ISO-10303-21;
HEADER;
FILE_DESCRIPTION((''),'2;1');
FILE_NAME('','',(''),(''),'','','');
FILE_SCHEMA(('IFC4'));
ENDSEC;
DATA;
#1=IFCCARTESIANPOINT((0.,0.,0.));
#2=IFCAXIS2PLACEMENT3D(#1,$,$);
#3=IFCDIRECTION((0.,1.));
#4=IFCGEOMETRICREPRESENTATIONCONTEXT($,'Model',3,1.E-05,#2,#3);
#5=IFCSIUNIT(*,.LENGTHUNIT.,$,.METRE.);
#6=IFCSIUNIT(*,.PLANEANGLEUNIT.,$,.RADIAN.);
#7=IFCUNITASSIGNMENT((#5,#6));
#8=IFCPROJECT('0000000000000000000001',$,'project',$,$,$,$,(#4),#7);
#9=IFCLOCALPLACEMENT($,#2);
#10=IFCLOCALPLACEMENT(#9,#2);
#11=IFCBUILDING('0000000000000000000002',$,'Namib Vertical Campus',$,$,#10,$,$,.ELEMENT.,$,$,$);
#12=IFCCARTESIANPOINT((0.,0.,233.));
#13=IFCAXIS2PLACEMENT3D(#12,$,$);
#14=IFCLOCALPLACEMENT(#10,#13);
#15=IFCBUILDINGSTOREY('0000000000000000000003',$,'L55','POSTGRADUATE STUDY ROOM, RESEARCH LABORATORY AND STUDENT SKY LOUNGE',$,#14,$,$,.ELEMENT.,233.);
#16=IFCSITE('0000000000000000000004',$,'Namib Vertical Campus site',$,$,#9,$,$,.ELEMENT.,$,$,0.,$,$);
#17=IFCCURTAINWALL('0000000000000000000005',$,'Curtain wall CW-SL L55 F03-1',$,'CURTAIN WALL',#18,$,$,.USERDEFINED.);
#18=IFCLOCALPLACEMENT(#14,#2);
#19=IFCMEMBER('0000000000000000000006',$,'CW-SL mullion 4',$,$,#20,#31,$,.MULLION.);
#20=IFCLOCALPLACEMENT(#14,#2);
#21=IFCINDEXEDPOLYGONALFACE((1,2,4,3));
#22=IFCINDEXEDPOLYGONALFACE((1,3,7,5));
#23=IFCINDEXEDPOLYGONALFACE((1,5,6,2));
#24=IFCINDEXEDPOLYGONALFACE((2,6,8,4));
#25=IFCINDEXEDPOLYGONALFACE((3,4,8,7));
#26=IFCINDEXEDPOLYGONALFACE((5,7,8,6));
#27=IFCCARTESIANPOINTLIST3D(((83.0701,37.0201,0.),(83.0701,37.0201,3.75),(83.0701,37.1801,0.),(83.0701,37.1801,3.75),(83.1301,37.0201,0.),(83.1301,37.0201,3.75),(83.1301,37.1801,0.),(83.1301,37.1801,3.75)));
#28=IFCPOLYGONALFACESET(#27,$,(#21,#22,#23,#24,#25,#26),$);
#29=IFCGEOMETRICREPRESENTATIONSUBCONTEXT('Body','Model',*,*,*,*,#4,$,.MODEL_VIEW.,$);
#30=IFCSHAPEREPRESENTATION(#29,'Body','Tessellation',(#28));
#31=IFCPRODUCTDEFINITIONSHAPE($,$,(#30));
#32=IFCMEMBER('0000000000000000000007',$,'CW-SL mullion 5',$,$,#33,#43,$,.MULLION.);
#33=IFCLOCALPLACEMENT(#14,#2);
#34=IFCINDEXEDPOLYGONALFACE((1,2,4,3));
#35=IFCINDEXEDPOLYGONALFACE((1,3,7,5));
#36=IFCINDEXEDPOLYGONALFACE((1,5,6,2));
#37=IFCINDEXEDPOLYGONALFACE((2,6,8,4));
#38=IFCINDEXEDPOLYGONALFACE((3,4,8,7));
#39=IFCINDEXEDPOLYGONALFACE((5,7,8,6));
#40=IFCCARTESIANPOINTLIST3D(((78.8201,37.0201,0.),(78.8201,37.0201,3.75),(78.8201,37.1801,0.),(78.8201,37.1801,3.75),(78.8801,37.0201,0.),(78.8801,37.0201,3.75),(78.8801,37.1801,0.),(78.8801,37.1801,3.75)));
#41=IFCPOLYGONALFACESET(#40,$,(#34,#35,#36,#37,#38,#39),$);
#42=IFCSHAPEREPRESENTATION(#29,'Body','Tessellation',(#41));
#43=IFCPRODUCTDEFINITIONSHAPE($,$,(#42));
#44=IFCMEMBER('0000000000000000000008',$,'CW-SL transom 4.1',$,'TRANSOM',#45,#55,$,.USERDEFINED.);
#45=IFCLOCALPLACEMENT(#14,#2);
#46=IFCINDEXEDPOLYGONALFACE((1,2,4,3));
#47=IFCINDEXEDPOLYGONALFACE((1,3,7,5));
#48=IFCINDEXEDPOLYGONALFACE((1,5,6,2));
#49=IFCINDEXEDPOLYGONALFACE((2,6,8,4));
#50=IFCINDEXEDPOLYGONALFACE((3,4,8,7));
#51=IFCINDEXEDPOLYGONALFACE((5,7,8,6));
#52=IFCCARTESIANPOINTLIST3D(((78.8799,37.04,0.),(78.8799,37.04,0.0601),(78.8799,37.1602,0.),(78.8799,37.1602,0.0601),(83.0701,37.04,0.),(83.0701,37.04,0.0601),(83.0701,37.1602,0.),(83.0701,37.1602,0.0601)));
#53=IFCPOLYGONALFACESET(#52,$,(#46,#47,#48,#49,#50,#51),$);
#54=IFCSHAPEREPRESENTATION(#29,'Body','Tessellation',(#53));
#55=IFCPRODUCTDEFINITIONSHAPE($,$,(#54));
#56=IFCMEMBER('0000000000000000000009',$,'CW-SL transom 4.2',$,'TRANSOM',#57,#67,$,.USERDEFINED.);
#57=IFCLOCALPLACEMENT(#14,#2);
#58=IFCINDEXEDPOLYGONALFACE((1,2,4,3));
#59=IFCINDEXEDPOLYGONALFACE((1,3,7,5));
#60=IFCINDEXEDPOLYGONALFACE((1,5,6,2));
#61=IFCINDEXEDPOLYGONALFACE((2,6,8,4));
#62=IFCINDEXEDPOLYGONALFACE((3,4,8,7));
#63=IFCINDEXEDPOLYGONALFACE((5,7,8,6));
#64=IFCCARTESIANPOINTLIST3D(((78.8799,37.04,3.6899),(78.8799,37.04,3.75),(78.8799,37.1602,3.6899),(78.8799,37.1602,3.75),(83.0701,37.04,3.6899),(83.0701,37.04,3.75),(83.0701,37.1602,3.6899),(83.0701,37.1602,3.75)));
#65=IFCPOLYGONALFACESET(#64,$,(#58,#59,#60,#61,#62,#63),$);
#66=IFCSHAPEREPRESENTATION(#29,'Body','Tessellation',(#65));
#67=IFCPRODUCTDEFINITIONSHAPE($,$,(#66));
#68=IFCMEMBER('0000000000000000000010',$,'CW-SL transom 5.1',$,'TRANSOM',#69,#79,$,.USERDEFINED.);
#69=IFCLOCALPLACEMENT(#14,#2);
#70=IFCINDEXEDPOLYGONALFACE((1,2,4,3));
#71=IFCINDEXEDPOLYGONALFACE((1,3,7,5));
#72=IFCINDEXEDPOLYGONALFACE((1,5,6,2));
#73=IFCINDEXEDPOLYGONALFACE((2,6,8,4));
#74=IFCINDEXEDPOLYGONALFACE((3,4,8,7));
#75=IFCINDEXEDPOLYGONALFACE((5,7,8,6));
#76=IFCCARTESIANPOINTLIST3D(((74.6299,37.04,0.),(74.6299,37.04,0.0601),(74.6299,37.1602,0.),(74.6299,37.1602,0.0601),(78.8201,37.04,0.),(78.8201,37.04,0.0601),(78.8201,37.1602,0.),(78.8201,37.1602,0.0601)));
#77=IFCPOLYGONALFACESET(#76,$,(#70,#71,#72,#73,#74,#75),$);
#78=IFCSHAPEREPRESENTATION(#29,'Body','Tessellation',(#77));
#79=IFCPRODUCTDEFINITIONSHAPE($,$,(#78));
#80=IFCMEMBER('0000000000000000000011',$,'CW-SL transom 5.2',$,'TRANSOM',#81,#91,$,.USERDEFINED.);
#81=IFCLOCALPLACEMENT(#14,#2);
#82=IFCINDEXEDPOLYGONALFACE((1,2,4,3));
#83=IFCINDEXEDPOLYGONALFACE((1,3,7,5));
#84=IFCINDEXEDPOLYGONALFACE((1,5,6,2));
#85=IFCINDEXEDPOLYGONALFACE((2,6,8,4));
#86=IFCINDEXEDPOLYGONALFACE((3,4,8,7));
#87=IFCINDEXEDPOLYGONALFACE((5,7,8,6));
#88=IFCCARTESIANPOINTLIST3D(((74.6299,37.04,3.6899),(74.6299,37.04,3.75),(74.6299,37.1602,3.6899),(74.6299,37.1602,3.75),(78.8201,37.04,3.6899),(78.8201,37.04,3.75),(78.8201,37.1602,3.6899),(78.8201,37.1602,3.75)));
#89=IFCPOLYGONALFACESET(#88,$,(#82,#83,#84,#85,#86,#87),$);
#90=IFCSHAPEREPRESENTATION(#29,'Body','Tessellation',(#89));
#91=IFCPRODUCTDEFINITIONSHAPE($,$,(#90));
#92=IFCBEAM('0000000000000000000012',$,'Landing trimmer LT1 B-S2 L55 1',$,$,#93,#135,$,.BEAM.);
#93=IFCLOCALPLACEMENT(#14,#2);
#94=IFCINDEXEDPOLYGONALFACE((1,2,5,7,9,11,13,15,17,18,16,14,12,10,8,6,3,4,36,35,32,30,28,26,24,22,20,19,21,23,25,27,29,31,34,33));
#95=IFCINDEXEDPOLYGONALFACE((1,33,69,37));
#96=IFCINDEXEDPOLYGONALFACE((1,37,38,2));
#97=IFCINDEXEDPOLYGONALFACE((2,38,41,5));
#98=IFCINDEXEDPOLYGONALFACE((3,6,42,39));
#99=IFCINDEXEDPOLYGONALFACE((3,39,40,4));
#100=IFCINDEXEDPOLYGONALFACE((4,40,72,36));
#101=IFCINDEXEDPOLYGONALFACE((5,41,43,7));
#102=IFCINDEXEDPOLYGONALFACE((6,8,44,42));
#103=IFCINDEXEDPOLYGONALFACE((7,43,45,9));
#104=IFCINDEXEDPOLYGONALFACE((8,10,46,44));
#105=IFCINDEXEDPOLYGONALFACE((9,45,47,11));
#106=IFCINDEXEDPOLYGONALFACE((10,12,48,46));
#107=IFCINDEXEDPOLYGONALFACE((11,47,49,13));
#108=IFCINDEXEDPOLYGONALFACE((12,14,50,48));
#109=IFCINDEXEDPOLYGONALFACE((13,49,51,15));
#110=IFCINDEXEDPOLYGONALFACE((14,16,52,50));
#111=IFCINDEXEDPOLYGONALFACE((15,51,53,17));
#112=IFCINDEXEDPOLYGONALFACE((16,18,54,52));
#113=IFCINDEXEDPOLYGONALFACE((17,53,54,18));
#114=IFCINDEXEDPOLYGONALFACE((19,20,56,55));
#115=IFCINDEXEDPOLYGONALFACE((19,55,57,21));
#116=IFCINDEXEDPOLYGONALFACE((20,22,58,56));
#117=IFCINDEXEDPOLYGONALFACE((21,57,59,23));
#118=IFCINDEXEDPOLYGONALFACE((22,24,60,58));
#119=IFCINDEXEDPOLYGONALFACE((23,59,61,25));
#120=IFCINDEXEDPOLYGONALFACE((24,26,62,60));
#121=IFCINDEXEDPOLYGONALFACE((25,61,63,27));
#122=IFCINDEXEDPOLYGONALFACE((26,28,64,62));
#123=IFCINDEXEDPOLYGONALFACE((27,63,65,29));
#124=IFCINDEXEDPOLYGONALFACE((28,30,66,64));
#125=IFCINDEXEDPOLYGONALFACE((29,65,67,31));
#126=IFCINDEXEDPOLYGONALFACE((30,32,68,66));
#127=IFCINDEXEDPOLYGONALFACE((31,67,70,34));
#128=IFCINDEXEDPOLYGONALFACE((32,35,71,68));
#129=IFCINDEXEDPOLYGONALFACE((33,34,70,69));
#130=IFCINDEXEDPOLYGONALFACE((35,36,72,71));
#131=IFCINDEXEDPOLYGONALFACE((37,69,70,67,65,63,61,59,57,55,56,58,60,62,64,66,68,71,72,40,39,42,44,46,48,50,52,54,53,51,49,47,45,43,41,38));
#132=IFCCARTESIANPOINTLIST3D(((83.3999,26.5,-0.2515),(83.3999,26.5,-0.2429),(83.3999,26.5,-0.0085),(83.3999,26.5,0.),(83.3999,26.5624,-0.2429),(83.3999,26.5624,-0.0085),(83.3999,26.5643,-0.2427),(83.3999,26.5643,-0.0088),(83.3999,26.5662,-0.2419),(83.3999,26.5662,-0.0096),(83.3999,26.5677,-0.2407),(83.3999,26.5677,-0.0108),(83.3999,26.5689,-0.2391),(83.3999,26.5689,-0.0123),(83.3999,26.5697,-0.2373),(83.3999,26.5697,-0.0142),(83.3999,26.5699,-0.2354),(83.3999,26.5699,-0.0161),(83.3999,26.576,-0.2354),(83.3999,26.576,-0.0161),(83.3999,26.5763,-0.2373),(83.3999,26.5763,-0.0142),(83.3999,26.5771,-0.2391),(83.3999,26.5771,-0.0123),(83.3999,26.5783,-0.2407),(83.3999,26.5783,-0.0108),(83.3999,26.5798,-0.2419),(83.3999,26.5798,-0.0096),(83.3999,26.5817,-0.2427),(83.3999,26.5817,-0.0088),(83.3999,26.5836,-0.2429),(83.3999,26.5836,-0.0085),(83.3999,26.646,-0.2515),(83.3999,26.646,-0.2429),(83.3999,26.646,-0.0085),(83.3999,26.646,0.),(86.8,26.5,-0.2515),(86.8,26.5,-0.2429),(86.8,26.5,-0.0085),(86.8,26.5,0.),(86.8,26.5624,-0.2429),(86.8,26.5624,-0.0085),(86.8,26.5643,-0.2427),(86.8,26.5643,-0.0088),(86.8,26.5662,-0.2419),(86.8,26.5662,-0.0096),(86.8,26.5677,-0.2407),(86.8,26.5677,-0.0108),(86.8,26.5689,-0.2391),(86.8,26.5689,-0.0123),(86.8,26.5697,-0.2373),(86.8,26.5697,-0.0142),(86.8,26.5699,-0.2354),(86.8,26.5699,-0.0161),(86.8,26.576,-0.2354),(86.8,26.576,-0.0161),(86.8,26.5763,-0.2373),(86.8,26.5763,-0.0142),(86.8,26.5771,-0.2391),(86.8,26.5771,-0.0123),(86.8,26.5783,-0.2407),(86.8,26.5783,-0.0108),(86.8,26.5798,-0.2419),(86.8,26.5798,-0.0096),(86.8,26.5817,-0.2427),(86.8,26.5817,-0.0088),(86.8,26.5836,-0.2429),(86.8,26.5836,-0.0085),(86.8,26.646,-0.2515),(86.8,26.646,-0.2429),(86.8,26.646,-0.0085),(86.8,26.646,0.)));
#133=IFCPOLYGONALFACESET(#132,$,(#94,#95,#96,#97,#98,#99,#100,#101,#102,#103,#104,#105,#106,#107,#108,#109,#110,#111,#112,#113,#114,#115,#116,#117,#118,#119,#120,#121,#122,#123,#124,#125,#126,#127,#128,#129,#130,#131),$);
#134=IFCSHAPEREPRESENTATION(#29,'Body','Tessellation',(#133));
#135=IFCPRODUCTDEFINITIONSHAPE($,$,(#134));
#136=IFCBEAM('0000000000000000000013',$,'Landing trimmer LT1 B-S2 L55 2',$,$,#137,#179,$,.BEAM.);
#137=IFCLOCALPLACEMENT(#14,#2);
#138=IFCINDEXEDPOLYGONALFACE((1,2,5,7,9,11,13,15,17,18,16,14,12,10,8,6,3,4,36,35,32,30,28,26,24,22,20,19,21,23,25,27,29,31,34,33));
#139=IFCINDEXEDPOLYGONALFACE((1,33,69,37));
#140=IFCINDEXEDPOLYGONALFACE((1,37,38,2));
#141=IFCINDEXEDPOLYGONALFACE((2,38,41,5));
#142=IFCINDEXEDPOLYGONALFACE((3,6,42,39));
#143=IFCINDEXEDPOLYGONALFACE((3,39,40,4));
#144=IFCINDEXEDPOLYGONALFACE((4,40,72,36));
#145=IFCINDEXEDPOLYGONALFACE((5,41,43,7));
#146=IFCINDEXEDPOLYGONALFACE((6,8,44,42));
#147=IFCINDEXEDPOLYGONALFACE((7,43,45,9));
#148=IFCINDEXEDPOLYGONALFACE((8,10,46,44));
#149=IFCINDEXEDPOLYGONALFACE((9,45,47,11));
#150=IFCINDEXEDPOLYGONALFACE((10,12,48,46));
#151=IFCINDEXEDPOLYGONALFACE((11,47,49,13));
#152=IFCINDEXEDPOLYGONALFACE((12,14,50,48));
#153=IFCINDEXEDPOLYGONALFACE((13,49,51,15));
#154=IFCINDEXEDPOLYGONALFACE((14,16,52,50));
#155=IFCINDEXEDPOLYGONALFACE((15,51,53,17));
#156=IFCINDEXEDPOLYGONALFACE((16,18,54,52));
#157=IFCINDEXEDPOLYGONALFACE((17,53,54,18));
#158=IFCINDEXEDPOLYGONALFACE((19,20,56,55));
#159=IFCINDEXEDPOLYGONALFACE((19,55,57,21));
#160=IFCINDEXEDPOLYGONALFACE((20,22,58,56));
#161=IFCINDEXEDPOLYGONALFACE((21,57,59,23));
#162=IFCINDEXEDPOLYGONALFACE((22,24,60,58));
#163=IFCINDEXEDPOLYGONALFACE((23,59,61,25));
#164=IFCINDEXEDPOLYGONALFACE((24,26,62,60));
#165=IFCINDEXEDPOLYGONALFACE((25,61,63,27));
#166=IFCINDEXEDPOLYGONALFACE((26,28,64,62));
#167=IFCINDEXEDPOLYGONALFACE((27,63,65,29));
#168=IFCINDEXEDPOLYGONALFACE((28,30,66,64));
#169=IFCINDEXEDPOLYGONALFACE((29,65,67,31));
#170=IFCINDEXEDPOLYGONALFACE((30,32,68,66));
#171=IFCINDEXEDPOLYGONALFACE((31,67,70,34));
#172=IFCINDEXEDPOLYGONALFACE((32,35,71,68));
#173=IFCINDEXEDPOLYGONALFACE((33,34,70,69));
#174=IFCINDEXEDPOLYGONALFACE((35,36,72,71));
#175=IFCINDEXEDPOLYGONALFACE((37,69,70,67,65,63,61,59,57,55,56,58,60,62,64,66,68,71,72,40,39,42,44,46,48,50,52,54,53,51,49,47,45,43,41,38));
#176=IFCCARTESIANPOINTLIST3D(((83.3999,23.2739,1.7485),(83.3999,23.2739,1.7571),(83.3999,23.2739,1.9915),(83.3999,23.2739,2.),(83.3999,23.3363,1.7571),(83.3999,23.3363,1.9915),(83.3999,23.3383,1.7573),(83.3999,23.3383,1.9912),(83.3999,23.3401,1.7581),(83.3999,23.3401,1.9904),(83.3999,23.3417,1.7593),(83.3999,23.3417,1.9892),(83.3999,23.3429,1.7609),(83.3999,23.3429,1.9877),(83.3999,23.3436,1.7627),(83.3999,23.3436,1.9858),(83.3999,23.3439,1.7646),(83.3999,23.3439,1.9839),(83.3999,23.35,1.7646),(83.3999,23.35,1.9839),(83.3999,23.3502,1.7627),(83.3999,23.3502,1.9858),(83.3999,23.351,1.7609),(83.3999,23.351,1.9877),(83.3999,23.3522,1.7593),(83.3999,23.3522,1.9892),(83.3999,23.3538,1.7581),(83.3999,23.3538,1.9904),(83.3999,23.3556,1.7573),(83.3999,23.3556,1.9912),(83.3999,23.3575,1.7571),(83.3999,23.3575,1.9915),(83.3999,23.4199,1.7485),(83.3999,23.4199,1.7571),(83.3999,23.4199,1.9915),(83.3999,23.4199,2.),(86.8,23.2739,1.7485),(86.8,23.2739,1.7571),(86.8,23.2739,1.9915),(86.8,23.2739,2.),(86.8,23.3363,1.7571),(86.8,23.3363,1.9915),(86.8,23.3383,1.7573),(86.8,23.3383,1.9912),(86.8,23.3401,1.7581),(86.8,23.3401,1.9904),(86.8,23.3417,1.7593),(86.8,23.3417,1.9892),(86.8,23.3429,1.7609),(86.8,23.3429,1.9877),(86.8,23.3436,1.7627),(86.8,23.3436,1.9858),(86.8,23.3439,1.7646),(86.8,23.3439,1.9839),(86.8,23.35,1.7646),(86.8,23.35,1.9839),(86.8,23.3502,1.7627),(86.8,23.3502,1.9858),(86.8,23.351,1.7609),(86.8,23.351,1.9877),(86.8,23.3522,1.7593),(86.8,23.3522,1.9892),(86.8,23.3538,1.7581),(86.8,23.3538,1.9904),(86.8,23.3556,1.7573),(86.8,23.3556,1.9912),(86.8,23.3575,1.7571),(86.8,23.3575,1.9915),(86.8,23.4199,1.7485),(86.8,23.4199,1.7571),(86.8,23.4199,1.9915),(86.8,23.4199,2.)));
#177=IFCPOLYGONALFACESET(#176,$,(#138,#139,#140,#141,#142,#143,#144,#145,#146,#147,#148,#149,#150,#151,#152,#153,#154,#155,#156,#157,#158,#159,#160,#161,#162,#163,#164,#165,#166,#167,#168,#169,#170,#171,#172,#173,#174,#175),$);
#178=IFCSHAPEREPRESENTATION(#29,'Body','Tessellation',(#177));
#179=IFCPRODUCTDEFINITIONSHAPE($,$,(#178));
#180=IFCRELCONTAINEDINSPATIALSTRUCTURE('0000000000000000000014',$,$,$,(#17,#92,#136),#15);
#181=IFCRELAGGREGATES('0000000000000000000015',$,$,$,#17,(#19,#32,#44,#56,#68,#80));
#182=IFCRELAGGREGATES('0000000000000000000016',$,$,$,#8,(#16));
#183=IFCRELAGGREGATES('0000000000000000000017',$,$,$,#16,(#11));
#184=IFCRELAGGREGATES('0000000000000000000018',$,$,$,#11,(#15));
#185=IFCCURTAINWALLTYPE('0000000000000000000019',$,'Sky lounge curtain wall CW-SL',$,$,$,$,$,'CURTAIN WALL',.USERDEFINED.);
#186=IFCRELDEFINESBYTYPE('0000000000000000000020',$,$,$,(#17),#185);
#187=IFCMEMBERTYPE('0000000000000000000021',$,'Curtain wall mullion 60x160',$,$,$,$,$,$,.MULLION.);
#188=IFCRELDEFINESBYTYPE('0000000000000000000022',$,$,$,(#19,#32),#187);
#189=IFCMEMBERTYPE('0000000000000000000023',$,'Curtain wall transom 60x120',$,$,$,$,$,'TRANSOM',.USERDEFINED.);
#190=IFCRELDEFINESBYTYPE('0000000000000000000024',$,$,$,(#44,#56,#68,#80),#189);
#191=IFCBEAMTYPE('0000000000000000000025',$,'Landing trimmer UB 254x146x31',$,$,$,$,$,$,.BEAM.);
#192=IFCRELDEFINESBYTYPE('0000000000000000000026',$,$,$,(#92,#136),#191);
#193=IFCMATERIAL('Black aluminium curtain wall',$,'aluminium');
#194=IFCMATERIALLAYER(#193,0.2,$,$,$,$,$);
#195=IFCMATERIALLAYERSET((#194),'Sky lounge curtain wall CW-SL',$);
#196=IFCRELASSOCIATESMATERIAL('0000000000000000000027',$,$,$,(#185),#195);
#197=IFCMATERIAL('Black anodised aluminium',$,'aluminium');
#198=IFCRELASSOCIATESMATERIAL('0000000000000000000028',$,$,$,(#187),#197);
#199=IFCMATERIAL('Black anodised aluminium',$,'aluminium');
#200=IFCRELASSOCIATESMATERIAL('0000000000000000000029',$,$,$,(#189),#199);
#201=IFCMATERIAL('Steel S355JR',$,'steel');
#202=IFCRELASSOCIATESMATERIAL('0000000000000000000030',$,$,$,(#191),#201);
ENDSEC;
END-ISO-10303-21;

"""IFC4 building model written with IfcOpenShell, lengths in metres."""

from ifc_helpers import new_model, si_unit, direction, frame, origin, origin_2d, place, context, subcontext, project, spatial, rectangle, i_section, extrude, material, layer, layer_set, material_profile, profile_set, type_object, element, aggregate, save


model = new_model("IFC4")

# Units and contexts
model_context = context("Model", 3, precision=1e-05, world=origin(), true_north=direction((0.0, 1.0)))
body_context = subcontext(model_context, "Body", "Model", "MODEL_VIEW")
ifc_project = project(units=[si_unit("LENGTHUNIT", "METRE"), si_unit("PLANEANGLEUNIT", "RADIAN")], contexts=[model_context])

# Site, building, storey
site_placement = place(None, origin())
site = spatial("IfcSite", under=ifc_project, at=site_placement, Name="Namib Vertical Campus site", CompositionType="ELEMENT", RefElevation=0.0)
building_placement = place(site_placement, origin())
building = spatial("IfcBuilding", under=site, at=building_placement, Name="Namib Vertical Campus", CompositionType="ELEMENT")
storey_placement = place(building_placement, frame((0.0, 0.0, 233.0)))
storey = spatial("IfcBuildingStorey", under=building, at=storey_placement, Name="L55", Description="POSTGRADUATE STUDY ROOM, RESEARCH LABORATORY AND STUDENT SKY LOUNGE", CompositionType="ELEMENT", Elevation=233.0)

# Curtain wall, members
ifc_material_1 = material(Name="Black aluminium curtain wall", Category="aluminium")
ifc_layer_1 = layer(ifc_material_1, 0.2)
ifc_layer_set_1 = layer_set([ifc_layer_1], Name="Sky lounge curtain wall CW-SL")
curtain_wall_type = type_object("IfcCurtainWallType", Name="Sky lounge curtain wall CW-SL", ElementType="CURTAIN WALL", PredefinedType="USERDEFINED", material=ifc_layer_set_1)
curtain_wall_placement = place(storey_placement, origin())
curtain_wall = element("IfcCurtainWall", 1, at=curtain_wall_placement, inside=storey, type_object=curtain_wall_type, Name="Curtain wall CW-SL L55 F03-1", ObjectType="CURTAIN WALL", PredefinedType="USERDEFINED")
ifc_material_2 = material(Name="Black anodised aluminium", Category="aluminium")
ifc_material_profile_1 = material_profile(ifc_material_2, rectangle(XDim=0.0601, YDim=0.1599, at=origin_2d()))
ifc_profile_set_1 = profile_set([ifc_material_profile_1], Name="Black anodised aluminium")
member_type_1 = type_object("IfcMemberType", Name="Curtain wall mullion 60x160", PredefinedType="MULLION", material=ifc_profile_set_1)
member_1_placement = place(storey_placement, frame((83.1001, 37.1001, 0.0), z_axis=(0.0, 0.0, 1.0), x_axis=(-1.0, 0.0, 0.0)))
member_1 = element("IfcMember", 2, at=member_1_placement, type_object=member_type_1, Name="CW-SL mullion 4", PredefinedType="MULLION", context=body_context, shape_type="SweptSolid", body=[
    extrude(rectangle(XDim=0.0601, YDim=0.1599, at=origin_2d()), origin(), (0.0, 0.0, 1.0), 3.75),
])
member_2_placement = place(storey_placement, frame((78.8501, 37.1001, 0.0), z_axis=(0.0, 0.0, 1.0), x_axis=(-1.0, 0.0, 0.0)))
member_2 = element("IfcMember", 3, at=member_2_placement, type_object=member_type_1, Name="CW-SL mullion 5", PredefinedType="MULLION", context=body_context, shape_type="SweptSolid", body=[
    extrude(rectangle(XDim=0.0601, YDim=0.1599, at=origin_2d()), origin(), (0.0, 0.0, 1.0), 3.75),
])
ifc_material_3 = material(Name="Black anodised aluminium", Category="aluminium")
ifc_material_profile_2 = material_profile(ifc_material_3, rectangle(XDim=0.0601, YDim=0.1201, at=origin_2d()))
ifc_profile_set_2 = profile_set([ifc_material_profile_2], Name="Black anodised aluminium")
member_type_2 = type_object("IfcMemberType", Name="Curtain wall transom 60x120", ElementType="TRANSOM", PredefinedType="USERDEFINED", material=ifc_profile_set_2)
member_3_placement = place(storey_placement, frame((83.0701, 37.1001, 0.03), z_axis=(-1.0, 0.0, 0.0), x_axis=(0.0, 0.0, 1.0)))
member_3 = element("IfcMember", 4, at=member_3_placement, type_object=member_type_2, Name="CW-SL transom 4.1", ObjectType="TRANSOM", PredefinedType="USERDEFINED", context=body_context, shape_type="SweptSolid", body=[
    extrude(rectangle(XDim=0.0601, YDim=0.1201, at=origin_2d()), origin(), (0.0, 0.0, 1.0), 4.1902),
])
member_4_placement = place(storey_placement, frame((83.0701, 37.1001, 3.72), z_axis=(-1.0, 0.0, 0.0), x_axis=(0.0, 0.0, 1.0)))
member_4 = element("IfcMember", 5, at=member_4_placement, type_object=member_type_2, Name="CW-SL transom 4.2", ObjectType="TRANSOM", PredefinedType="USERDEFINED", context=body_context, shape_type="SweptSolid", body=[
    extrude(rectangle(XDim=0.0601, YDim=0.1201, at=origin_2d()), origin(), (0.0, 0.0, 1.0), 4.1902),
])
member_5_placement = place(storey_placement, frame((78.8201, 37.1001, 0.03), z_axis=(-1.0, 0.0, 0.0), x_axis=(0.0, 0.0, 1.0)))
member_5 = element("IfcMember", 6, at=member_5_placement, type_object=member_type_2, Name="CW-SL transom 5.1", ObjectType="TRANSOM", PredefinedType="USERDEFINED", context=body_context, shape_type="SweptSolid", body=[
    extrude(rectangle(XDim=0.0601, YDim=0.1201, at=origin_2d()), origin(), (0.0, 0.0, 1.0), 4.1902),
])
member_6_placement = place(storey_placement, frame((78.8201, 37.1001, 3.72), z_axis=(-1.0, 0.0, 0.0), x_axis=(0.0, 0.0, 1.0)))
member_6 = element("IfcMember", 7, at=member_6_placement, type_object=member_type_2, Name="CW-SL transom 5.2", ObjectType="TRANSOM", PredefinedType="USERDEFINED", context=body_context, shape_type="SweptSolid", body=[
    extrude(rectangle(XDim=0.0601, YDim=0.1201, at=origin_2d()), origin(), (0.0, 0.0, 1.0), 4.1902),
])

# Beams
ifc_material_4 = material(Name="Steel S355JR", Category="steel")
ifc_material_profile_3 = material_profile(ifc_material_4, i_section(OverallWidth=0.146, OverallDepth=0.2515, WebThickness=0.0061, FlangeThickness=0.0085, FilletRadius=0.0076, at=origin_2d()))
ifc_profile_set_3 = profile_set([ifc_material_profile_3], Name="Steel S355JR")
beam_type = type_object("IfcBeamType", Name="Landing trimmer UB 254x146x31", PredefinedType="BEAM", material=ifc_profile_set_3)
for number, where, z_axis, x_axis, name in (
    (8, (83.3999, 26.573, -0.1257), (1.0, 0.0, 0.0), (0.0, 1.0, 0.0), "Landing trimmer LT1 B-S2 L55 1"),
    (9, (83.3999, 23.3469, 1.8743), (1.0, 0.0, 0.0), (0.0, 1.0, 0.0), "Landing trimmer LT1 B-S2 L55 2"),
):
    element("IfcBeam", number, at=place(storey_placement, frame(where, z_axis=z_axis, x_axis=x_axis)), inside=storey, type_object=beam_type, Name=name, PredefinedType="BEAM", context=body_context, shape_type="SweptSolid", body=[
        extrude(i_section(OverallWidth=0.146, OverallDepth=0.2515, WebThickness=0.0061, FlangeThickness=0.0085, FilletRadius=0.0076, at=origin_2d()), origin(), (0.0, 0.0, 1.0), 3.4001),
    ])

aggregate(curtain_wall, [member_1, member_2, member_3, member_4, member_5, member_6])

save(model, "model.ifc")
